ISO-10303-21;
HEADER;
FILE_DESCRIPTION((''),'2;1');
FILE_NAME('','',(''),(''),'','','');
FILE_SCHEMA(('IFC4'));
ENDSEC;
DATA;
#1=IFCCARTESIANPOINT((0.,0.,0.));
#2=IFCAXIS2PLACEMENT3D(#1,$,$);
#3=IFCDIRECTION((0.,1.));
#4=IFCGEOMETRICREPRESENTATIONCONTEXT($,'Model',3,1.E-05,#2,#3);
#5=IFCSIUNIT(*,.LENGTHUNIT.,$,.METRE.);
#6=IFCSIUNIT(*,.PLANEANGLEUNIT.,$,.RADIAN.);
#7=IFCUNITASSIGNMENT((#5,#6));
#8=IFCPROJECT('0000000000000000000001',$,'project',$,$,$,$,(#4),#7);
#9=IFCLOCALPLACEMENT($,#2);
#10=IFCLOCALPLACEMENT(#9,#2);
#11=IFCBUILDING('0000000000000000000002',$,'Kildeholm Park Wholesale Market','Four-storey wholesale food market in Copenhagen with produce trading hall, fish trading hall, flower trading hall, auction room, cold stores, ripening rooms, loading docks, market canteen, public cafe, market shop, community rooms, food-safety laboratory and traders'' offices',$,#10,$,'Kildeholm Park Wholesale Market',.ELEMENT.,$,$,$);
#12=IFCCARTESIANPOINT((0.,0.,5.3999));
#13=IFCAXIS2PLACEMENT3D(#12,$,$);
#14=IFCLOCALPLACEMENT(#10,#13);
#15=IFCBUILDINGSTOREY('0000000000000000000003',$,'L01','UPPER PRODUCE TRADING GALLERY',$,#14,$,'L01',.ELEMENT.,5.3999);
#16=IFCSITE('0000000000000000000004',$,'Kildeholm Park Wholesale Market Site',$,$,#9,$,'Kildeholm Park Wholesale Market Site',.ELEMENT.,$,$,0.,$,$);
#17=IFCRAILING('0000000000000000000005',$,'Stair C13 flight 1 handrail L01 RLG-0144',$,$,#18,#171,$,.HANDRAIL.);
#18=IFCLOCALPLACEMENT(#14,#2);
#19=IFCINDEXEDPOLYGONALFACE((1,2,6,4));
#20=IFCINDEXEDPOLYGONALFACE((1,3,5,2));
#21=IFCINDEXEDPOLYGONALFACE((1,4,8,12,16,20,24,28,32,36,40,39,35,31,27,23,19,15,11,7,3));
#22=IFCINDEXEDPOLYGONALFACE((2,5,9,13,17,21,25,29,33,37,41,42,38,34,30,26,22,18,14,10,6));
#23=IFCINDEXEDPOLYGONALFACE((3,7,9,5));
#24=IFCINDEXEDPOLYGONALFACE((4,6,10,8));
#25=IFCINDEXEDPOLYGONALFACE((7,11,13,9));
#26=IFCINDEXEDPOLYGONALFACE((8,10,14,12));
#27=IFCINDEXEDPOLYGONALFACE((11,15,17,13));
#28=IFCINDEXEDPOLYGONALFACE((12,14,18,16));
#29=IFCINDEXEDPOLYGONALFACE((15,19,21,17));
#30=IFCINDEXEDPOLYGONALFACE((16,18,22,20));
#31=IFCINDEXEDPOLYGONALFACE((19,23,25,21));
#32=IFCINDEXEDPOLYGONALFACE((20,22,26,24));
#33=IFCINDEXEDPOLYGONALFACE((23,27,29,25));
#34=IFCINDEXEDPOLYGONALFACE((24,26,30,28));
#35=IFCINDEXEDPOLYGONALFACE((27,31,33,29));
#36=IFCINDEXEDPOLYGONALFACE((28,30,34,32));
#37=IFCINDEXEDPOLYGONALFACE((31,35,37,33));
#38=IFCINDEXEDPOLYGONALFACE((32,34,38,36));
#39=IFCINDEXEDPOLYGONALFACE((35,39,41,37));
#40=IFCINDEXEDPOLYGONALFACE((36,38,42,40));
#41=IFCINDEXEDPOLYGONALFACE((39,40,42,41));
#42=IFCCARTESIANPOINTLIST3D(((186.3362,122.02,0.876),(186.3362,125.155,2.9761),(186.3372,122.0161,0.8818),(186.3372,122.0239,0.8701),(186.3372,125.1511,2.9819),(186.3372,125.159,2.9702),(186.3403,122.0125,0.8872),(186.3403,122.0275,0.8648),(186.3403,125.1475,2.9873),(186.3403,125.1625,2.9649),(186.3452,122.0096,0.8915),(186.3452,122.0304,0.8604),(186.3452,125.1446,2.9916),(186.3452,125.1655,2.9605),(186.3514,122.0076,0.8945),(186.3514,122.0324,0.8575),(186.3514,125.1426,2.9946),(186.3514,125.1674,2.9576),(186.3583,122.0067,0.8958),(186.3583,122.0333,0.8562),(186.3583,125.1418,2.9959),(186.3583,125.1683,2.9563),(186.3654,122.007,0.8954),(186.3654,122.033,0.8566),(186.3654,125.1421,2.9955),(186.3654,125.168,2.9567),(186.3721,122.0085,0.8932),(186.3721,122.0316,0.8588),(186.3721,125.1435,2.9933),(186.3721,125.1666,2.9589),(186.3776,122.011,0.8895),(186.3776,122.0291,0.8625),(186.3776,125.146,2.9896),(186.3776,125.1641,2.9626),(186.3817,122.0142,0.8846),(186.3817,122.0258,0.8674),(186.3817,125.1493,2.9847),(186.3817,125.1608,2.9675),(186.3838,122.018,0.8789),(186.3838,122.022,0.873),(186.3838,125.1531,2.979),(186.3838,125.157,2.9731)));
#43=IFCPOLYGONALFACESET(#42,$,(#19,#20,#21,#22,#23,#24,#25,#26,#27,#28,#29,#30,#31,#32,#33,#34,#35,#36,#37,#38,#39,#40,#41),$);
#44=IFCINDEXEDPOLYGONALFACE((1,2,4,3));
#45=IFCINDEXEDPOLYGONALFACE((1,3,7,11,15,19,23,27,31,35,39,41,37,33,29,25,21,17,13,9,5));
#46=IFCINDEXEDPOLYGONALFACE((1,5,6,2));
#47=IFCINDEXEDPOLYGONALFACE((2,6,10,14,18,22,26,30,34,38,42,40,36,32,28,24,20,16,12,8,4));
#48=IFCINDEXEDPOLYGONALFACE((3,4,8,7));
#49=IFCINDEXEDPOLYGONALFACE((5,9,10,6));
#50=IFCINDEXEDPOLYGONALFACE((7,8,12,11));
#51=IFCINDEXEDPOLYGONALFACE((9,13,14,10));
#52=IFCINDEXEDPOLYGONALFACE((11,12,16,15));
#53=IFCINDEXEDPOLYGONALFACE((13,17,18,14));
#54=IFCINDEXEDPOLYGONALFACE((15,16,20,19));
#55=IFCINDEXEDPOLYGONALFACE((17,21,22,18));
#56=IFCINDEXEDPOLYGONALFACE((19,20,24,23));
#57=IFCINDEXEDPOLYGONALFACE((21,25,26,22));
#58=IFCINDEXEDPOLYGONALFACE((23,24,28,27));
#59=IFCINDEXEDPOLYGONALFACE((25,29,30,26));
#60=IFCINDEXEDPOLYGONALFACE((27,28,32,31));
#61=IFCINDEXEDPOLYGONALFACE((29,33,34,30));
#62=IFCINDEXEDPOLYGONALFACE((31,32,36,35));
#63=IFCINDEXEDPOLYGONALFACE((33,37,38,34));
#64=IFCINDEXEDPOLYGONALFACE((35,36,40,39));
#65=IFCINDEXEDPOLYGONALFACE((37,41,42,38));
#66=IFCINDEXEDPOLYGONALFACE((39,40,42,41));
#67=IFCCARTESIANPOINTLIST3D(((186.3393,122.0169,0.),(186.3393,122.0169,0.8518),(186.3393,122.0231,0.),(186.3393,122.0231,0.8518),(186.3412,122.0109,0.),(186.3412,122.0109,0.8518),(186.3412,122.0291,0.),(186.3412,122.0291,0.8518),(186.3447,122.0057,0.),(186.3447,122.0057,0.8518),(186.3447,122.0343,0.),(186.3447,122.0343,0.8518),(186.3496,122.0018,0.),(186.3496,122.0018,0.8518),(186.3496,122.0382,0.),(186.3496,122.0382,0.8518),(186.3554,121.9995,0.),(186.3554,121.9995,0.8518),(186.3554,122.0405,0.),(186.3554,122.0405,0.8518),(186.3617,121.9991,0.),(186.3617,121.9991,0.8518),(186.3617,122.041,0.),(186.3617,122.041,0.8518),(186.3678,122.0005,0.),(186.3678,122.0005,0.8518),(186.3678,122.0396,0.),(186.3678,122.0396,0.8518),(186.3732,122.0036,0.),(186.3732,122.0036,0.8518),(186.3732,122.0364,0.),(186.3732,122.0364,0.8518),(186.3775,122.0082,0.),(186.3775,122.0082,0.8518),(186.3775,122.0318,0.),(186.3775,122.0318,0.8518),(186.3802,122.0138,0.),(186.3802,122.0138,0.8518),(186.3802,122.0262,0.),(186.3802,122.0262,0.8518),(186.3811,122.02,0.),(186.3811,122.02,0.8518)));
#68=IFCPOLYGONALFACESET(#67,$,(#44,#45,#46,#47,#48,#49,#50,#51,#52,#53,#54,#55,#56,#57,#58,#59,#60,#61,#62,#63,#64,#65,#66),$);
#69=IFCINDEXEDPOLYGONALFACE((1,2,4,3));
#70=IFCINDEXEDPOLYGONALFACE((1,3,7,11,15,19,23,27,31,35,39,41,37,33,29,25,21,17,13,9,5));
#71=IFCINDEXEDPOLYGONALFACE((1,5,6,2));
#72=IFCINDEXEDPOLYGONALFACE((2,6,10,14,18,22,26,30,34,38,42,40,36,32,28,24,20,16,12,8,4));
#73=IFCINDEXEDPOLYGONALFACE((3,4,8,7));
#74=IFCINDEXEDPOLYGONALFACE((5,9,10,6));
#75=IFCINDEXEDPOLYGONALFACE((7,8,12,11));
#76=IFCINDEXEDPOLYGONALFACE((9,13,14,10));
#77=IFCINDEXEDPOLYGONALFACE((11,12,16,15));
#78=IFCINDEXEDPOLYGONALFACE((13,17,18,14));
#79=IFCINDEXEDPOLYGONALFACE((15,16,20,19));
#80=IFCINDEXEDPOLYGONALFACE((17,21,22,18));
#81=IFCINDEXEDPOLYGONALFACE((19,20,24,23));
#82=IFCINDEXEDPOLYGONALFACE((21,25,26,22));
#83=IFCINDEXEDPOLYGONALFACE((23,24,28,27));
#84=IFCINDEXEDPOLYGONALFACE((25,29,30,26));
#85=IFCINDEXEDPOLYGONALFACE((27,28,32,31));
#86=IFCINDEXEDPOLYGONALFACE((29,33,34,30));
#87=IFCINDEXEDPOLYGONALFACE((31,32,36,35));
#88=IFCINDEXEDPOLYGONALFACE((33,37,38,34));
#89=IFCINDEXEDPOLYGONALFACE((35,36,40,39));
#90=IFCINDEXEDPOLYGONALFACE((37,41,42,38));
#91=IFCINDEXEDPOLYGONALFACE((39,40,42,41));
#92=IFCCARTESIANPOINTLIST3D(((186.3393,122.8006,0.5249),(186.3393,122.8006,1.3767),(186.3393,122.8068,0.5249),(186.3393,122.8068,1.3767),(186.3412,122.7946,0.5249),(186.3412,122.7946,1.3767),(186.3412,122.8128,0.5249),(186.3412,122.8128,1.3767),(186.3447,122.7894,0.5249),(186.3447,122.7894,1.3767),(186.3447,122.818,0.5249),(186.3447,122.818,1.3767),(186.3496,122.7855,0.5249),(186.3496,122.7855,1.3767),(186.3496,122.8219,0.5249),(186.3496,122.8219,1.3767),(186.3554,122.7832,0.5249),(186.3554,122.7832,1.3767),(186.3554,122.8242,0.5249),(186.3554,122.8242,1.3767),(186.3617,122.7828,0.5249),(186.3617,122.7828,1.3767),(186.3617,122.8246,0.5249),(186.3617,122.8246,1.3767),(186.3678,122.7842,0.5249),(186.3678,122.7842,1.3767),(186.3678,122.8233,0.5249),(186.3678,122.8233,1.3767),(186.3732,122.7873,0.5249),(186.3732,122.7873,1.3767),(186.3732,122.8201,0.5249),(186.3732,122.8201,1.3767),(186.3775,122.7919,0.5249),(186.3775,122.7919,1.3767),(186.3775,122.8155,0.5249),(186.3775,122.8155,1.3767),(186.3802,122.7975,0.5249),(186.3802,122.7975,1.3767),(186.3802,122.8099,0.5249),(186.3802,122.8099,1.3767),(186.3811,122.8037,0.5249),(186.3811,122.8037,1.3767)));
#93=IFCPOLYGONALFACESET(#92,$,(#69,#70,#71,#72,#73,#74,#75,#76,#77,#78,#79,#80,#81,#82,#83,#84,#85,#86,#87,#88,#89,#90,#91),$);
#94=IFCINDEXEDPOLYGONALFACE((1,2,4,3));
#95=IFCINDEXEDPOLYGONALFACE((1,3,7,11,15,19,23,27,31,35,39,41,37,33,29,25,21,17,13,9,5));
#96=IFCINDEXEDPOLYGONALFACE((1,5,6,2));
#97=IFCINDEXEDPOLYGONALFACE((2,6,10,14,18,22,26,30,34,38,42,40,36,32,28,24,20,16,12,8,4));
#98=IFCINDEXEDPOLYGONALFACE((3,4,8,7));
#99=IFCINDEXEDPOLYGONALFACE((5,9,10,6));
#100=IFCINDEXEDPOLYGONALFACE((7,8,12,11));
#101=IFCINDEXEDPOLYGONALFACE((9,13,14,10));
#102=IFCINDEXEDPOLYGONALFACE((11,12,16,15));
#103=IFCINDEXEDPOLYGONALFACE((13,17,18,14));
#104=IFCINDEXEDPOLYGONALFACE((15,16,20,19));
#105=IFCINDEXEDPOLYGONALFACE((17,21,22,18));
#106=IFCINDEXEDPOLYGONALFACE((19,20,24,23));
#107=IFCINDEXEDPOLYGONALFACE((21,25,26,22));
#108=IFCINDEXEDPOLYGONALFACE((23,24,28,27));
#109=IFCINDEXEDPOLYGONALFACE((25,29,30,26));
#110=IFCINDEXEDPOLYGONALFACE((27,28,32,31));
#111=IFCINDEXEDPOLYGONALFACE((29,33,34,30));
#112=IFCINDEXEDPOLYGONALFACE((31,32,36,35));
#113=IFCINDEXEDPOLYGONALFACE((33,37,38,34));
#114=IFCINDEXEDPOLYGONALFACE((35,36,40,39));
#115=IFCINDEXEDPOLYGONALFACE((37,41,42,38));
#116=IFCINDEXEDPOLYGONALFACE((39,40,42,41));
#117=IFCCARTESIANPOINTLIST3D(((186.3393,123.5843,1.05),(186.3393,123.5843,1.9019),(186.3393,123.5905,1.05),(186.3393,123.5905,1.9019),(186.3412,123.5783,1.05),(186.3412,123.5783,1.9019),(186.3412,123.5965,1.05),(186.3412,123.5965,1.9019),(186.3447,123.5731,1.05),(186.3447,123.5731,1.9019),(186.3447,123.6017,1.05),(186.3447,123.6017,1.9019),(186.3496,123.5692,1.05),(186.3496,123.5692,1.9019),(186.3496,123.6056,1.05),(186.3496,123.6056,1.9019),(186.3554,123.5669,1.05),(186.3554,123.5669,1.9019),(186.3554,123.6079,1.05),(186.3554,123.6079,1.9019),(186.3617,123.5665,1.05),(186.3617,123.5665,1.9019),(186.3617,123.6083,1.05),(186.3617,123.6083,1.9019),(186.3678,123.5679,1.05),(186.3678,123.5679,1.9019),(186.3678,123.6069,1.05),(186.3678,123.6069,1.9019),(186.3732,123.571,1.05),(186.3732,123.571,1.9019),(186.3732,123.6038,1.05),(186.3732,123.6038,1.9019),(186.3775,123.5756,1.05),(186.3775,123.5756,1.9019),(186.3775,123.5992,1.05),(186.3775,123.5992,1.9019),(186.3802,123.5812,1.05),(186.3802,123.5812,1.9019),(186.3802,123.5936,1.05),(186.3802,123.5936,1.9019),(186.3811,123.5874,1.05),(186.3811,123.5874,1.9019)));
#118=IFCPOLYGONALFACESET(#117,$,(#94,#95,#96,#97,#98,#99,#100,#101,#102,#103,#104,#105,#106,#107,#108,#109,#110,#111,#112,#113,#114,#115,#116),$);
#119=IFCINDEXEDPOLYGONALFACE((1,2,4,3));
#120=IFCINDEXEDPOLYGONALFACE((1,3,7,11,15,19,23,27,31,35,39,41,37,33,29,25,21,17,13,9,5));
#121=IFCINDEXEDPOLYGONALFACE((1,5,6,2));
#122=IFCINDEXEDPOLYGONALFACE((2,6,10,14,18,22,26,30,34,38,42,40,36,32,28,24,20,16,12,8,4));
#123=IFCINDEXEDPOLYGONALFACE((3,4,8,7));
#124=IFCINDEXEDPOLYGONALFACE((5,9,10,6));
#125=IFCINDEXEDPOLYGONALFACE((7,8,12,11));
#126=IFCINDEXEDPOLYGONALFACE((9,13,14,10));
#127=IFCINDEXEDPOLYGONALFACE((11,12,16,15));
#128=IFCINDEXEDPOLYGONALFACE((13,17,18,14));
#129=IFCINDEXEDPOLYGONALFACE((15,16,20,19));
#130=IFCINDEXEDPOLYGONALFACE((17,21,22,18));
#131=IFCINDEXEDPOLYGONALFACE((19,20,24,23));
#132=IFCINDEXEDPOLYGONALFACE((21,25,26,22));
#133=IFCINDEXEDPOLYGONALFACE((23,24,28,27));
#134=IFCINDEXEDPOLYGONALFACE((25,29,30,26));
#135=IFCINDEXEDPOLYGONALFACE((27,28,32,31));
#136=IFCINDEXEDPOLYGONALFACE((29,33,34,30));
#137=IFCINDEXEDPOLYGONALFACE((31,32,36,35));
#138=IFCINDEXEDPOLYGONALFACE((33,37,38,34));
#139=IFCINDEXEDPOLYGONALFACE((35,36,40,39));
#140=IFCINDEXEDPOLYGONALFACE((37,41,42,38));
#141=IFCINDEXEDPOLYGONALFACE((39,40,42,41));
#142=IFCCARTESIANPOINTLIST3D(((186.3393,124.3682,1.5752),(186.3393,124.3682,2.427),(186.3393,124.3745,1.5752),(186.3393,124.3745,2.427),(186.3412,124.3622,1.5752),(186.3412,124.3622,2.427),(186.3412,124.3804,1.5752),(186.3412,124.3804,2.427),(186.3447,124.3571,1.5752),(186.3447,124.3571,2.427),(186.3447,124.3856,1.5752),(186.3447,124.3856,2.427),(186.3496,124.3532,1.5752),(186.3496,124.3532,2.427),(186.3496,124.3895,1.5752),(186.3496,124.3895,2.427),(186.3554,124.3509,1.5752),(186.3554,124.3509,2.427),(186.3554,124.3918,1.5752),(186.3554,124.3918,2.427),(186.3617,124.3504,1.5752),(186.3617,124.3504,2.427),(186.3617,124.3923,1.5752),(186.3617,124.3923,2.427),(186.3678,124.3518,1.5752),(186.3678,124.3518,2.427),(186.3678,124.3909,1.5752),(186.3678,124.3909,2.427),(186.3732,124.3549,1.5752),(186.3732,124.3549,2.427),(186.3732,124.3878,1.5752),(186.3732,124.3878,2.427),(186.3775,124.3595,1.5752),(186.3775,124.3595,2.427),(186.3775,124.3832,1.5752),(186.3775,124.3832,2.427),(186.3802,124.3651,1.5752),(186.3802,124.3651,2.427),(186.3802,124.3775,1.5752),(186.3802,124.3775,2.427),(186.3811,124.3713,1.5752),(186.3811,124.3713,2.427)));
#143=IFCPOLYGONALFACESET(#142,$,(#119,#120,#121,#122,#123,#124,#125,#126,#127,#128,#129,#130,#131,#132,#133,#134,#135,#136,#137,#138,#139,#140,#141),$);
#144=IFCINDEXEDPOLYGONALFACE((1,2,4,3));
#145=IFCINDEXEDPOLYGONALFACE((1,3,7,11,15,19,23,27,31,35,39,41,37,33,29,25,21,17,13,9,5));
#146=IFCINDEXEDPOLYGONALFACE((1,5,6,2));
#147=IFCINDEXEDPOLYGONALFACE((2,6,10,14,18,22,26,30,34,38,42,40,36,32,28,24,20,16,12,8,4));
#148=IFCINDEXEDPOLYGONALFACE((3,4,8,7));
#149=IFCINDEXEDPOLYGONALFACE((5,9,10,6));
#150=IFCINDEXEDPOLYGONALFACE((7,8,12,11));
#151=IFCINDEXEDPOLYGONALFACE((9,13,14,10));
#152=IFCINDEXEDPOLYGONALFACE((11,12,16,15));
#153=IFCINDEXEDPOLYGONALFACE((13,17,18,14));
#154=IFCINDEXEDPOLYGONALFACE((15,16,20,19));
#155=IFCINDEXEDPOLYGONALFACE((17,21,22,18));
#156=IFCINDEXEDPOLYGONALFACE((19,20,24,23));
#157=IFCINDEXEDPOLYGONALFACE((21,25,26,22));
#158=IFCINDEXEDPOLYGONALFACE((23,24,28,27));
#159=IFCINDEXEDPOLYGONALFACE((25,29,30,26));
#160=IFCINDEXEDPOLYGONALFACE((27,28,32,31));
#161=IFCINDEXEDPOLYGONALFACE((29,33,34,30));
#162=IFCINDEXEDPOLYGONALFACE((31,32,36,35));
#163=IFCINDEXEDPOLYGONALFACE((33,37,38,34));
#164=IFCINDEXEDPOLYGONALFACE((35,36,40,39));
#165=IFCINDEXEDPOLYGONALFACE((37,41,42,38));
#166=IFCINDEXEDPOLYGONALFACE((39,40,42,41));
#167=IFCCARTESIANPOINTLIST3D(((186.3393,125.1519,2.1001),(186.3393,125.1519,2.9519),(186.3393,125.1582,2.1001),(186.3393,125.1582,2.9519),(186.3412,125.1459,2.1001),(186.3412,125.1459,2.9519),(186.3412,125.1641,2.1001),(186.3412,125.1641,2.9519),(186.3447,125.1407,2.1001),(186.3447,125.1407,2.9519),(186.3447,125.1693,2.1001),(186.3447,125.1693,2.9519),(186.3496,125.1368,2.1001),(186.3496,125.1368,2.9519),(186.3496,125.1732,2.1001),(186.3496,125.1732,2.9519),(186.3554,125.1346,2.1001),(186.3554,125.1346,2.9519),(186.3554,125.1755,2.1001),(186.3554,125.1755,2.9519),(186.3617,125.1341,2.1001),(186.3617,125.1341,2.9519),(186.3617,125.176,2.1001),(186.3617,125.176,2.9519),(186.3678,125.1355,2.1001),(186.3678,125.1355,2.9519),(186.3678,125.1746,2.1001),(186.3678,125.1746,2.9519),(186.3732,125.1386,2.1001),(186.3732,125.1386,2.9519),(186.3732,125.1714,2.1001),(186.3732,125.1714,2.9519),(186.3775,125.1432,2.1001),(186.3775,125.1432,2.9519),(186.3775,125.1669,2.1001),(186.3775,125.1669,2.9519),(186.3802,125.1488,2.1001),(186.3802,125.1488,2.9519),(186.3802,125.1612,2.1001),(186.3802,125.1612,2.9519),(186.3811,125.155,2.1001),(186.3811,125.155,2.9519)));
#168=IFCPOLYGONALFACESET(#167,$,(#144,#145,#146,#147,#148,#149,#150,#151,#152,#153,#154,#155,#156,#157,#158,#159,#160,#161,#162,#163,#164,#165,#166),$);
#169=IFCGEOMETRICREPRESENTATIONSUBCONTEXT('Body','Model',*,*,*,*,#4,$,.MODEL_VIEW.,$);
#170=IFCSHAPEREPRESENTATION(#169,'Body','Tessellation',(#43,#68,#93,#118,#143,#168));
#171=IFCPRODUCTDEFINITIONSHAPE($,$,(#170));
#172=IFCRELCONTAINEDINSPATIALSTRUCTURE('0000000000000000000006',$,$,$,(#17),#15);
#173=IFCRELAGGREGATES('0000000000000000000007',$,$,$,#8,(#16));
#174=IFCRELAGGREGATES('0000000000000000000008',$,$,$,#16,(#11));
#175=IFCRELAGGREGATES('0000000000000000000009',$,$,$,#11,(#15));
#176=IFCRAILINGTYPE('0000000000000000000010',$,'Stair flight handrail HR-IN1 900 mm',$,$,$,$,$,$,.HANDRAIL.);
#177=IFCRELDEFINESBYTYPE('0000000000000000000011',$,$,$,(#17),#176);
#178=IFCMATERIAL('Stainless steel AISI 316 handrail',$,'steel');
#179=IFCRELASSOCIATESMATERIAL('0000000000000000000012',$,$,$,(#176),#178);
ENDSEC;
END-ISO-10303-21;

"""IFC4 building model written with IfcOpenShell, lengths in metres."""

from ifc_helpers import new_model, si_unit, direction, frame, origin, origin_2d, place, context, subcontext, project, spatial, circle, extrude, material, type_object, element, save


model = new_model("IFC4")

# Units and contexts
model_context = context("Model", 3, precision=1e-05, world=origin(), true_north=direction((0.0, 1.0)))
body_context = subcontext(model_context, "Body", "Model", "MODEL_VIEW")
ifc_project = project(units=[si_unit("LENGTHUNIT", "METRE"), si_unit("PLANEANGLEUNIT", "RADIAN")], contexts=[model_context])

# Site, building, storey
site_placement = place(None, origin())
site = spatial("IfcSite", under=ifc_project, at=site_placement, Name="Kildeholm Park Wholesale Market Site", LongName="Kildeholm Park Wholesale Market Site", CompositionType="ELEMENT", RefElevation=0.0)
building_placement = place(site_placement, origin())
building = spatial("IfcBuilding", under=site, at=building_placement, Name="Kildeholm Park Wholesale Market", Description="Four-storey wholesale food market in Copenhagen with produce trading hall, fish trading hall, flower trading hall, auction room, cold stores, ripening rooms, loading docks, market canteen, public cafe, market shop, community rooms, food-safety laboratory and traders' offices", LongName="Kildeholm Park Wholesale Market", CompositionType="ELEMENT")
storey_placement = place(building_placement, frame((0.0, 0.0, 5.3999)))
storey = spatial("IfcBuildingStorey", under=building, at=storey_placement, Name="L01", Description="UPPER PRODUCE TRADING GALLERY", LongName="L01", CompositionType="ELEMENT", Elevation=5.3999)

# Railing
ifc_material_1 = material(Name="Stainless steel AISI 316 handrail", Category="steel")
railing_type_1 = type_object("IfcRailingType", Name="Stair flight handrail HR-IN1 900 mm", PredefinedType="HANDRAIL", material=ifc_material_1)
railing_1_placement = place(storey_placement, frame((186.3601, 122.02, 0.0)))
element("IfcRailing", 1, at=railing_1_placement, inside=storey, type_object=railing_type_1, Name="Stair C13 flight 1 handrail L01 RLG-0144", PredefinedType="HANDRAIL", context=body_context, shape_type="SweptSolid", body=[
    extrude(circle(Radius=0.0239, at=origin_2d()), frame((0.0, 0.0, 0.876), z_axis=(0.0, 0.830814, 0.55655), x_axis=(-1.0, 0.0, 0.0)), (0.0, 0.0, 1.0), 3.7734),
    extrude(circle(Radius=0.021, at=origin_2d()), origin(), (0.0, 0.0, 1.0), 0.8518),
    extrude(circle(Radius=0.021, at=origin_2d()), frame((0.0, 0.7837, 0.5249)), (0.0, 0.0, 1.0), 0.8518),
    extrude(circle(Radius=0.021, at=origin_2d()), frame((0.0, 1.5674, 1.05)), (0.0, 0.0, 1.0), 0.8518),
    extrude(circle(Radius=0.021, at=origin_2d()), frame((0.0, 2.3513, 1.5752)), (0.0, 0.0, 1.0), 0.8518),
    extrude(circle(Radius=0.021, at=origin_2d()), frame((0.0, 3.135, 2.1001)), (0.0, 0.0, 1.0), 0.8518),
])

save(model, "model.ifc")
